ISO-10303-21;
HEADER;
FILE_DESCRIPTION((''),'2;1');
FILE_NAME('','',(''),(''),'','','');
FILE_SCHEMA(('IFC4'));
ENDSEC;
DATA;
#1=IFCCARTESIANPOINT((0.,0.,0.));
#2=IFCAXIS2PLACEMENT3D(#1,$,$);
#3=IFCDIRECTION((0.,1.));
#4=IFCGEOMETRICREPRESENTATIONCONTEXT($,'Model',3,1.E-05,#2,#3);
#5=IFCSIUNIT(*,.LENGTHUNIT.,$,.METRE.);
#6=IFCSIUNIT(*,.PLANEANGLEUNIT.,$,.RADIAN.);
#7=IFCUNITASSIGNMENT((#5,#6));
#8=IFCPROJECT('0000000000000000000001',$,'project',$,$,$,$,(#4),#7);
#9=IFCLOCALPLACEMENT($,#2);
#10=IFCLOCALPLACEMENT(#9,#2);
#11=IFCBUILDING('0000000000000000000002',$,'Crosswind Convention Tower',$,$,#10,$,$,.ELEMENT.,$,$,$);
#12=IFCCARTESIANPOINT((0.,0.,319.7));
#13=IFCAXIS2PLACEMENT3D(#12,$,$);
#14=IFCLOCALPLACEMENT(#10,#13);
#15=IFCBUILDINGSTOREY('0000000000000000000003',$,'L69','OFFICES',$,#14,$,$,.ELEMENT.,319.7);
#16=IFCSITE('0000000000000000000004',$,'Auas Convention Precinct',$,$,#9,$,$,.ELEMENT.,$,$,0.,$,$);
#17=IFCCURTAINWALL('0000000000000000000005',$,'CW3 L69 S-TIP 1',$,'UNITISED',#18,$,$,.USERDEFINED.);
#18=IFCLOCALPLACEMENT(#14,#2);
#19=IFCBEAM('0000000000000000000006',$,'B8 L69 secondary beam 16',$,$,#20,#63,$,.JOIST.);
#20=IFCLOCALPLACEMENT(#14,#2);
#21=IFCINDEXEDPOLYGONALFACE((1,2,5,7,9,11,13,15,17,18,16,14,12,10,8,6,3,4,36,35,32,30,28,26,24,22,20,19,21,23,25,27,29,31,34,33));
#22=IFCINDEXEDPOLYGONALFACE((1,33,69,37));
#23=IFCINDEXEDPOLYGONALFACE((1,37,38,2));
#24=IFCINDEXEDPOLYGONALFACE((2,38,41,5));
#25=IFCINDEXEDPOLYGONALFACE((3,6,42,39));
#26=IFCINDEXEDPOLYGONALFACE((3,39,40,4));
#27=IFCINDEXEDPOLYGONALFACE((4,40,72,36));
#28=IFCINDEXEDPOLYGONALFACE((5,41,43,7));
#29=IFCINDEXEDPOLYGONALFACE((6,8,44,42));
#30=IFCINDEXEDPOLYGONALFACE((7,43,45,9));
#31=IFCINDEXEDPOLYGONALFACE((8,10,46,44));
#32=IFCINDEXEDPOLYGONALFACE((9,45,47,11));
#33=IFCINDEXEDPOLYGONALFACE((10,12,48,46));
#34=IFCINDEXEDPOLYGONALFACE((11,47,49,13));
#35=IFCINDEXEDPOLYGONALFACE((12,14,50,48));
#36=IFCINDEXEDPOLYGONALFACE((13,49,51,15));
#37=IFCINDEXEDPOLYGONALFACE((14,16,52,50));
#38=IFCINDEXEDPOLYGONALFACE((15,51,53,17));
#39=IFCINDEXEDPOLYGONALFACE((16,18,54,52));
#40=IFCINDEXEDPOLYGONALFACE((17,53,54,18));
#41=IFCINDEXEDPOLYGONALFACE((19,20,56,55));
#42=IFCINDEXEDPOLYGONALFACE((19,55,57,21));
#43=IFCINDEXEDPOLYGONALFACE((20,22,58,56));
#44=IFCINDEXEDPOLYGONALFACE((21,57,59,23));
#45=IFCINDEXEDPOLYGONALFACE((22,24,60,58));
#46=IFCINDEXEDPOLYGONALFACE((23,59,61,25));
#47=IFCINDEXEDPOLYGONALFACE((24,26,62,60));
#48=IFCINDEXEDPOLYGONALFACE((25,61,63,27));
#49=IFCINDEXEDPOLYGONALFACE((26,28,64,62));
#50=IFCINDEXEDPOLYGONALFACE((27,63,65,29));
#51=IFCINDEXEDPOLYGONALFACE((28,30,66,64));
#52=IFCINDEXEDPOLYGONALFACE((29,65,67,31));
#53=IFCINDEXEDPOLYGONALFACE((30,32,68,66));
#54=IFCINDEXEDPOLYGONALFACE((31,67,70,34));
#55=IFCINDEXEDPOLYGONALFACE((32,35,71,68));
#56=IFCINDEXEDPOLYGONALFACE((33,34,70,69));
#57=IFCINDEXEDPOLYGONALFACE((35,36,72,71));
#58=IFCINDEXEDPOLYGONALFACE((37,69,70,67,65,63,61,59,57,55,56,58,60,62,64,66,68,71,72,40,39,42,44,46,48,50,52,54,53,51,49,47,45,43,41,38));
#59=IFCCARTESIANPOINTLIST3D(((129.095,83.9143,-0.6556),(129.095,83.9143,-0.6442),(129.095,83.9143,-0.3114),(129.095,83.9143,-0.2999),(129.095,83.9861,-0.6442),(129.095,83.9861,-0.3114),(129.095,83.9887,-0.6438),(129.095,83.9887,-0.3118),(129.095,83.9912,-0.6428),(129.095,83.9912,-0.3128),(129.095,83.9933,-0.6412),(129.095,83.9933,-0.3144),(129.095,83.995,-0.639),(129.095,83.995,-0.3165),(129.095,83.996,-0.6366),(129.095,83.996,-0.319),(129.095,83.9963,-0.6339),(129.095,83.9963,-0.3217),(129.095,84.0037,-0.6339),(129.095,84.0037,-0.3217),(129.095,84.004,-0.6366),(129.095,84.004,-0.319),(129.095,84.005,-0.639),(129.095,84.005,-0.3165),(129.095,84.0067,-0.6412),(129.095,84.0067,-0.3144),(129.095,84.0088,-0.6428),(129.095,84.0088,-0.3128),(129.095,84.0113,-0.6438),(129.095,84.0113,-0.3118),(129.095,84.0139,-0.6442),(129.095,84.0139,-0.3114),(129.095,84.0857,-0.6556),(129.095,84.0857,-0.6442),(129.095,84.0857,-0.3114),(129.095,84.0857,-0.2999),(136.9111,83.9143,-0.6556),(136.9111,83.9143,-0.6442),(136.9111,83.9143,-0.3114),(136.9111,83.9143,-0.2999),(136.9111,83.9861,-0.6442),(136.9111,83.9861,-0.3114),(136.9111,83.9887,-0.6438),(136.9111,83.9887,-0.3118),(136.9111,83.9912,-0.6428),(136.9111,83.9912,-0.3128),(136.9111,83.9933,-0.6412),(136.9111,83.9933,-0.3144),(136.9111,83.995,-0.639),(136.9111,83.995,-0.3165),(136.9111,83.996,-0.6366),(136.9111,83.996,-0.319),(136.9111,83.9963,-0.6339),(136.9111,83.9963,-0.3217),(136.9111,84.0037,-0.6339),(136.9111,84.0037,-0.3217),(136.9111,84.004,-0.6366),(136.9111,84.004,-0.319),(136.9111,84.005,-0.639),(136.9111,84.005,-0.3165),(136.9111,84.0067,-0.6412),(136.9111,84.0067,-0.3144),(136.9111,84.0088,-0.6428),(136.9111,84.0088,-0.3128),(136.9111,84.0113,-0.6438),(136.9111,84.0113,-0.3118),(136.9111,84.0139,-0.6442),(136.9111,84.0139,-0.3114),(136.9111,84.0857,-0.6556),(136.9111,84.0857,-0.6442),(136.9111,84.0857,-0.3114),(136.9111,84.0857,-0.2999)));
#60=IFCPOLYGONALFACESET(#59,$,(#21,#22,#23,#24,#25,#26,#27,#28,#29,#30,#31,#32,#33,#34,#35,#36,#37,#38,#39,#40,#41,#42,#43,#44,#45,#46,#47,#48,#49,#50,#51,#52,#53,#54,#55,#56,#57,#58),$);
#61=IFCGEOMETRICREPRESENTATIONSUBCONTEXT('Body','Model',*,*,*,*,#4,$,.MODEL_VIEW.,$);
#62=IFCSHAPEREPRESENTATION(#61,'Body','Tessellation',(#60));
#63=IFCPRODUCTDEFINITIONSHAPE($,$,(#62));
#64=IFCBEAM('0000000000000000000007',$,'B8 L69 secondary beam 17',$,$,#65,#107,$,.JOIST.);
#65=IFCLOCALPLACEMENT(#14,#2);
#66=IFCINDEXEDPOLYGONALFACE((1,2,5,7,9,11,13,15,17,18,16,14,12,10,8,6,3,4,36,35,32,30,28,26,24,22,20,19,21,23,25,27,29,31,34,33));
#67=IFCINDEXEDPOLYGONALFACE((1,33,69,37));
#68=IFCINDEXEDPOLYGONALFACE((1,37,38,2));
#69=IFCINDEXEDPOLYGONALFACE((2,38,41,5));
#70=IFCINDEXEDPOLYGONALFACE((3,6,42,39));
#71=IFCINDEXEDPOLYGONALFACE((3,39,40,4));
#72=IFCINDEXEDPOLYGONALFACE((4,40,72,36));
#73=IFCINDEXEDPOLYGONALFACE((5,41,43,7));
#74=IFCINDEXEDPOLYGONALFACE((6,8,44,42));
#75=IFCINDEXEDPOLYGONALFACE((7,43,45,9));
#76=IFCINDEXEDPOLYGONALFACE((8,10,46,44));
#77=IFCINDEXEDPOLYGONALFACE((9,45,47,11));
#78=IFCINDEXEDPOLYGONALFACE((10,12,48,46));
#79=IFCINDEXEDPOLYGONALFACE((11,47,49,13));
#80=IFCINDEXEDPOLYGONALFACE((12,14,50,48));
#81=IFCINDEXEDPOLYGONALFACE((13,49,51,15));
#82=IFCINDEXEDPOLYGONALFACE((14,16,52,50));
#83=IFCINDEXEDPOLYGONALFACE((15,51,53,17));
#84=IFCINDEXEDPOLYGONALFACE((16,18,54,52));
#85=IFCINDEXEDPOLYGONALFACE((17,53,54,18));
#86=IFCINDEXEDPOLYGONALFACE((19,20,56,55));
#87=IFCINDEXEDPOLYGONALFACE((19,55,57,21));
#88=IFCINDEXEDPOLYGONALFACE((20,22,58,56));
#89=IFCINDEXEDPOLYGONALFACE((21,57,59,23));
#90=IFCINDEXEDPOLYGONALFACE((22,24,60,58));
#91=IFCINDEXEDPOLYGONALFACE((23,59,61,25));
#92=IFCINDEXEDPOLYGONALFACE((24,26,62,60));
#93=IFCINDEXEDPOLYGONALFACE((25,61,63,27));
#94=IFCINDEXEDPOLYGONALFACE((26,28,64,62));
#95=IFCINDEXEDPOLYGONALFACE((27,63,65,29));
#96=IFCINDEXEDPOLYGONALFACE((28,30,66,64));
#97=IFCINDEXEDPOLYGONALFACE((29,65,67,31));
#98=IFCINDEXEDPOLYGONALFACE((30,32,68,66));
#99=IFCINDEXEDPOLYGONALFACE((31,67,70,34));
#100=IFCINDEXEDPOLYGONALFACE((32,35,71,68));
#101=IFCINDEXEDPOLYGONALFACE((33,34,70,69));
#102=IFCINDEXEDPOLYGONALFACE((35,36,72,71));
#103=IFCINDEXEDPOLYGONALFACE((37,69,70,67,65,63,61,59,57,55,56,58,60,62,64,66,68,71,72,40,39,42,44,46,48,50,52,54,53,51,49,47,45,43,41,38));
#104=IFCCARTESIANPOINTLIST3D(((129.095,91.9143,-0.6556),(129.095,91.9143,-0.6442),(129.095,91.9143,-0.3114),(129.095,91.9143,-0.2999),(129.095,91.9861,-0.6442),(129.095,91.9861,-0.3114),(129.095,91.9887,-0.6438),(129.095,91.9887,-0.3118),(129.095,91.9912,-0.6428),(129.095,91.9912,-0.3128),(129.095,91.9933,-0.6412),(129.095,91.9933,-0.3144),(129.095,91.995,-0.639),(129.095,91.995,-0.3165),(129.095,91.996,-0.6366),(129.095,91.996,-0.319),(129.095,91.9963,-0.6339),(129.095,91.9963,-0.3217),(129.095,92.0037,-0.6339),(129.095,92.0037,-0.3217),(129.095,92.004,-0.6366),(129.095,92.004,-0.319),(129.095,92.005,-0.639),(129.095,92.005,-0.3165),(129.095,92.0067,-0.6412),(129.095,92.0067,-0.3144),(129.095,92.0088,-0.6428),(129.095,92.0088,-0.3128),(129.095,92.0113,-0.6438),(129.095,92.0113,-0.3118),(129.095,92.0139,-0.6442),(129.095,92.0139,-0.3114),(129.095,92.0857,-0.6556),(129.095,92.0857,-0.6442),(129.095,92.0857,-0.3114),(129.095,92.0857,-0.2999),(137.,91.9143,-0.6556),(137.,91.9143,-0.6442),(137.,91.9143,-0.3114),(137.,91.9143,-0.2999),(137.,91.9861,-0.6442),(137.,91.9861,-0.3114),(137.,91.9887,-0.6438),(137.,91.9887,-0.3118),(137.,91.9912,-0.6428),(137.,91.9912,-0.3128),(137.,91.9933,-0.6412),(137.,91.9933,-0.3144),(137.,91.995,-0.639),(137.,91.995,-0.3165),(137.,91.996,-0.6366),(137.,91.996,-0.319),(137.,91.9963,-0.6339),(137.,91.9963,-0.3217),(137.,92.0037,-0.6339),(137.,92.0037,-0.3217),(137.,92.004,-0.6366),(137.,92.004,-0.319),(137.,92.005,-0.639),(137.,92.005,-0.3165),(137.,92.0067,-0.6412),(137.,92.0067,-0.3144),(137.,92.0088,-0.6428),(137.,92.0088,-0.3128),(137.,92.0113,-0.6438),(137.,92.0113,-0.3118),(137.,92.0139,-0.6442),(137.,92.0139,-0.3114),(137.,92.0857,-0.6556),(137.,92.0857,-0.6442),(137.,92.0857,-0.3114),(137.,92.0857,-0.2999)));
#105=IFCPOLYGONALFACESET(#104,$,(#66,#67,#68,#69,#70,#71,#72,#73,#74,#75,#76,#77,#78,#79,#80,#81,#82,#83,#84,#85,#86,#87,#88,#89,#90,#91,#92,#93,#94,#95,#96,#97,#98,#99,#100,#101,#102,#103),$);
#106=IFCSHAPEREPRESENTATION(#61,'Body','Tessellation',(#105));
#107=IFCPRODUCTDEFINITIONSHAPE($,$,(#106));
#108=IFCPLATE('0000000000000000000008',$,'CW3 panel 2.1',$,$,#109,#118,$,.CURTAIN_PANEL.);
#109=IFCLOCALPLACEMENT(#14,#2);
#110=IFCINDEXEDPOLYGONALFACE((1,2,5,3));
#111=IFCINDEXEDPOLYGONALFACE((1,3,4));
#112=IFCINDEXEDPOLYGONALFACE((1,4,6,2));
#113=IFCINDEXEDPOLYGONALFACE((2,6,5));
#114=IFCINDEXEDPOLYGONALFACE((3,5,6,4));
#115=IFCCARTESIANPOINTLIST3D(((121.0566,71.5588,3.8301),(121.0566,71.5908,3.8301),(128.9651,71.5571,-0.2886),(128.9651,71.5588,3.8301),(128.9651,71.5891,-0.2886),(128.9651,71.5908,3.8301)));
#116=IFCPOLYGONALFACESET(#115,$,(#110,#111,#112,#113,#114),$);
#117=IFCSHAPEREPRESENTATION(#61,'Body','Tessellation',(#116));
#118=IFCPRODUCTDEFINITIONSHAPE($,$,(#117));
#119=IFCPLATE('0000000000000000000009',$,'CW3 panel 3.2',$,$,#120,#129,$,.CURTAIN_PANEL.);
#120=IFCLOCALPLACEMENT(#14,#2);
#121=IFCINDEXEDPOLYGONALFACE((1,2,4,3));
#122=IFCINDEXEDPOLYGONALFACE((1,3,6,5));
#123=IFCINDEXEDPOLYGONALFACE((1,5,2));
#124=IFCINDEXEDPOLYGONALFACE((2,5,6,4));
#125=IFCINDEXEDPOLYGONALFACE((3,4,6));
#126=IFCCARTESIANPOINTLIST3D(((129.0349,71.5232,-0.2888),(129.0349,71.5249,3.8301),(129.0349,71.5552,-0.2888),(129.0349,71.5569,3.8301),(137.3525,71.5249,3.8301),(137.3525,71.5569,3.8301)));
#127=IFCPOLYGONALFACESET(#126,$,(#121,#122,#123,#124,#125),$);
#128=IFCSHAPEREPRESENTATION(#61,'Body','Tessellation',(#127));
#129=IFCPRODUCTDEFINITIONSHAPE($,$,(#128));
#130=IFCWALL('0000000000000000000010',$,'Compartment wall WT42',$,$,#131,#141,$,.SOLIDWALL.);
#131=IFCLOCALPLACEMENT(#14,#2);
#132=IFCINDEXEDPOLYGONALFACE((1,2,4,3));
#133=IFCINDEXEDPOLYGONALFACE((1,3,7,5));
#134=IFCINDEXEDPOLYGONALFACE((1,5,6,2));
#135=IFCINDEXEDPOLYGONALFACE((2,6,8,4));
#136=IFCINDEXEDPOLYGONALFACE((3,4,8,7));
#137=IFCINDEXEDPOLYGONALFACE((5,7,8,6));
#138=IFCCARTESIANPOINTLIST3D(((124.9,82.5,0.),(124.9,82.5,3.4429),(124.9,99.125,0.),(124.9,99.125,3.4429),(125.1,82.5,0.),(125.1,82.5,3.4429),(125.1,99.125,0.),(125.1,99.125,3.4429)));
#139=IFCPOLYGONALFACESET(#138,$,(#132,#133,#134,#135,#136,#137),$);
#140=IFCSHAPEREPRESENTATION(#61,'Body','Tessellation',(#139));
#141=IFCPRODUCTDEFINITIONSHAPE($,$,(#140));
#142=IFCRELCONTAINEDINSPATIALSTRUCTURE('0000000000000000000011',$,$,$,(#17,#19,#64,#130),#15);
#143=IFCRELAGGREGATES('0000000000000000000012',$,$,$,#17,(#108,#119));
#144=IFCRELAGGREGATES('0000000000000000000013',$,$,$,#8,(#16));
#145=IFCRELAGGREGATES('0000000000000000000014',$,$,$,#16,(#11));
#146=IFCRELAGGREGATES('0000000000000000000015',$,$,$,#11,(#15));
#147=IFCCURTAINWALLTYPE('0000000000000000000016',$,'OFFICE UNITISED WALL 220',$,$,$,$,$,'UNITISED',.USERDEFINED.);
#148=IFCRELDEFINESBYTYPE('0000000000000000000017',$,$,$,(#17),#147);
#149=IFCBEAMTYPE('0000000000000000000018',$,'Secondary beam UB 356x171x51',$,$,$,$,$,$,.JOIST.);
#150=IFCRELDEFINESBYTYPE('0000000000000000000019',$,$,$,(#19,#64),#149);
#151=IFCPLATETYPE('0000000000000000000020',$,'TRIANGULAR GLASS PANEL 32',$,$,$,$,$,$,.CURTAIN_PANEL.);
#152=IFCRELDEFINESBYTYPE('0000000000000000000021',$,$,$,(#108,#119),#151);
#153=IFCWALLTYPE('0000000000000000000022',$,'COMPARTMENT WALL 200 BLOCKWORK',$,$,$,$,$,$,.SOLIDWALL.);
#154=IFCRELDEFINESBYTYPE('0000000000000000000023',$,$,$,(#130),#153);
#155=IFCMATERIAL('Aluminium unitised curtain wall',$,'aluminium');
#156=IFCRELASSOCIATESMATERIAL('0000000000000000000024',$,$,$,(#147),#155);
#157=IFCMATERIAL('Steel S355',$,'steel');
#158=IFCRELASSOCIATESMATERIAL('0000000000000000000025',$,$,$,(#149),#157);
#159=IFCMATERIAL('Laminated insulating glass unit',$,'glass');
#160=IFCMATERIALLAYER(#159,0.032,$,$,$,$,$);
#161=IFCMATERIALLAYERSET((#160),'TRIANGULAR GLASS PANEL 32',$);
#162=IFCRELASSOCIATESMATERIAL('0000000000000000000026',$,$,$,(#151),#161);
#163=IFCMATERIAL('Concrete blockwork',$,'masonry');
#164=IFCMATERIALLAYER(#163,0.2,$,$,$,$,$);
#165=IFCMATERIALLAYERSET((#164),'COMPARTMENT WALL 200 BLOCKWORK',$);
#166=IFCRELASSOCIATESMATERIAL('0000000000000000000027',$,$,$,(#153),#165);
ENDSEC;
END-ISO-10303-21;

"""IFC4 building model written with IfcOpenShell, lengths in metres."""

from ifc_helpers import new_model, si_unit, direction, frame, frame_2d, origin, origin_2d, place, context, subcontext, project, spatial, polyline, rectangle, i_section, outline, extrude, material, layer, layer_set, material_profile, profile_set, type_object, element, aggregate, save


model = new_model("IFC4")

# Units and contexts
model_context = context("Model", 3, precision=1e-05, world=origin(), true_north=direction((0.0, 1.0)))
body_context = subcontext(model_context, "Body", "Model", "MODEL_VIEW")
ifc_project = project(units=[si_unit("LENGTHUNIT", "METRE"), si_unit("PLANEANGLEUNIT", "RADIAN")], contexts=[model_context])

# Site, building, storey
site_placement = place(None, origin())
site = spatial("IfcSite", under=ifc_project, at=site_placement, Name="Auas Convention Precinct", CompositionType="ELEMENT", RefElevation=0.0)
building_placement = place(site_placement, origin())
building = spatial("IfcBuilding", under=site, at=building_placement, Name="Crosswind Convention Tower", CompositionType="ELEMENT")
storey_placement = place(building_placement, frame((0.0, 0.0, 319.7)))
storey = spatial("IfcBuildingStorey", under=building, at=storey_placement, Name="L69", Description="OFFICES", CompositionType="ELEMENT", Elevation=319.7)

# Shared definitions
ifc_material_1 = material(Name="Steel S355", Category="steel")

# Curtain wall
ifc_material_2 = material(Name="Aluminium unitised curtain wall", Category="aluminium")
curtain_wall_type = type_object("IfcCurtainWallType", Name="OFFICE UNITISED WALL 220", ElementType="UNITISED", PredefinedType="USERDEFINED", material=ifc_material_2)
curtain_wall_placement = place(storey_placement, origin())
curtain_wall = element("IfcCurtainWall", 1, at=curtain_wall_placement, inside=storey, type_object=curtain_wall_type, Name="CW3 L69 S-TIP 1", ObjectType="UNITISED", PredefinedType="USERDEFINED")

# Beams
ifc_material_profile_1 = material_profile(ifc_material_1, i_section(OverallWidth=0.1714, OverallDepth=0.3557, WebThickness=0.0073, FlangeThickness=0.0115, FilletRadius=0.0103, at=origin_2d()), Name="UB 356x171x51")
ifc_profile_set_1 = profile_set([ifc_material_profile_1], Name="Steel S355")
beam_type_1 = type_object("IfcBeamType", Name="Secondary beam UB 356x171x51", PredefinedType="JOIST", material=ifc_profile_set_1)
for number, where, z_axis, x_axis, name in (
    (2, (129.095, 84.0, -0.4778), (1.0, 0.0, 0.0), (0.0, 1.0, 0.0), "B8 L69 secondary beam 16"),
):
    element("IfcBeam", number, at=place(storey_placement, frame(where, z_axis=z_axis, x_axis=x_axis)), inside=storey, type_object=beam_type_1, Name=name, PredefinedType="JOIST", context=body_context, shape_type="SweptSolid", body=[
        extrude(i_section(OverallWidth=0.1714, OverallDepth=0.3557, WebThickness=0.0073, FlangeThickness=0.0115, FilletRadius=0.0103, at=origin_2d()), origin(), (0.0, 0.0, 1.0), 7.8162),
    ])
beam_placement = place(storey_placement, frame((129.095, 92.0, -0.4778), z_axis=(1.0, 0.0, 0.0), x_axis=(0.0, 1.0, 0.0)))
element("IfcBeam", 3, at=beam_placement, inside=storey, type_object=beam_type_1, Name="B8 L69 secondary beam 17", PredefinedType="JOIST", context=body_context, shape_type="SweptSolid", body=[
    extrude(i_section(OverallWidth=0.1714, OverallDepth=0.3557, WebThickness=0.0073, FlangeThickness=0.0115, FilletRadius=0.0103, at=origin_2d()), origin(), (0.0, 0.0, 1.0), 7.905),
])

# Plates
ifc_material_3 = material(Name="Laminated insulating glass unit", Category="glass")
ifc_layer_1 = layer(ifc_material_3, 0.032)
ifc_layer_set_1 = layer_set([ifc_layer_1], Name="TRIANGULAR GLASS PANEL 32")
plate_type = type_object("IfcPlateType", Name="TRIANGULAR GLASS PANEL 32", PredefinedType="CURTAIN_PANEL", material=ifc_layer_set_1)
plate_1_placement = place(storey_placement, frame((128.9651, 71.5588, 3.8301), z_axis=(0.0, -1.0, 0.000415), x_axis=(-1.0, 0.0, 0.0)))
plate_1 = element("IfcPlate", 4, at=plate_1_placement, type_object=plate_type, Name="CW3 panel 2.1", PredefinedType="CURTAIN_PANEL", context=body_context, shape_type="SweptSolid", body=[
    extrude(outline(polyline([(0.0, 0.0), (7.9084, 0.0), (0.0, 4.1187), (0.0, 0.0)])), origin(), (0.0, 0.0, -1.0), 0.032),
])
plate_2_placement = place(storey_placement, frame((129.0349, 71.5249, 3.8301), z_axis=(0.0, -1.0, 0.000415), x_axis=(0.0, -0.000415, -1.0)))
plate_2 = element("IfcPlate", 5, at=plate_2_placement, type_object=plate_type, Name="CW3 panel 3.2", PredefinedType="CURTAIN_PANEL", context=body_context, shape_type="SweptSolid", body=[
    extrude(outline(polyline([(0.0, 0.0), (4.1189, 0.0), (0.0, 8.3176), (0.0, 0.0)])), origin(), (0.0, 0.0, -1.0), 0.032),
])
aggregate(curtain_wall, [plate_1, plate_2])

# Wall
ifc_material_4 = material(Name="Concrete blockwork", Category="masonry")
ifc_layer_2 = layer(ifc_material_4, 0.2)
ifc_layer_set_2 = layer_set([ifc_layer_2], Name="COMPARTMENT WALL 200 BLOCKWORK")
wall_type_1 = type_object("IfcWallType", Name="COMPARTMENT WALL 200 BLOCKWORK", PredefinedType="SOLIDWALL", material=ifc_layer_set_2)
wall_1_placement = place(storey_placement, frame((125.0, 82.5, 0.0), z_axis=(0.0, 0.0, 1.0), x_axis=(0.0, 1.0, 0.0)))
element("IfcWall", 6, at=wall_1_placement, inside=storey, type_object=wall_type_1, Name="Compartment wall WT42", PredefinedType="SOLIDWALL", context=body_context, shape_type="SweptSolid", body=[
    extrude(rectangle(XDim=16.625, YDim=0.2, at=frame_2d((8.3125, 0.0))), origin(), (0.0, 0.0, 1.0), 3.4429),
])

save(model, "model.ifc")
